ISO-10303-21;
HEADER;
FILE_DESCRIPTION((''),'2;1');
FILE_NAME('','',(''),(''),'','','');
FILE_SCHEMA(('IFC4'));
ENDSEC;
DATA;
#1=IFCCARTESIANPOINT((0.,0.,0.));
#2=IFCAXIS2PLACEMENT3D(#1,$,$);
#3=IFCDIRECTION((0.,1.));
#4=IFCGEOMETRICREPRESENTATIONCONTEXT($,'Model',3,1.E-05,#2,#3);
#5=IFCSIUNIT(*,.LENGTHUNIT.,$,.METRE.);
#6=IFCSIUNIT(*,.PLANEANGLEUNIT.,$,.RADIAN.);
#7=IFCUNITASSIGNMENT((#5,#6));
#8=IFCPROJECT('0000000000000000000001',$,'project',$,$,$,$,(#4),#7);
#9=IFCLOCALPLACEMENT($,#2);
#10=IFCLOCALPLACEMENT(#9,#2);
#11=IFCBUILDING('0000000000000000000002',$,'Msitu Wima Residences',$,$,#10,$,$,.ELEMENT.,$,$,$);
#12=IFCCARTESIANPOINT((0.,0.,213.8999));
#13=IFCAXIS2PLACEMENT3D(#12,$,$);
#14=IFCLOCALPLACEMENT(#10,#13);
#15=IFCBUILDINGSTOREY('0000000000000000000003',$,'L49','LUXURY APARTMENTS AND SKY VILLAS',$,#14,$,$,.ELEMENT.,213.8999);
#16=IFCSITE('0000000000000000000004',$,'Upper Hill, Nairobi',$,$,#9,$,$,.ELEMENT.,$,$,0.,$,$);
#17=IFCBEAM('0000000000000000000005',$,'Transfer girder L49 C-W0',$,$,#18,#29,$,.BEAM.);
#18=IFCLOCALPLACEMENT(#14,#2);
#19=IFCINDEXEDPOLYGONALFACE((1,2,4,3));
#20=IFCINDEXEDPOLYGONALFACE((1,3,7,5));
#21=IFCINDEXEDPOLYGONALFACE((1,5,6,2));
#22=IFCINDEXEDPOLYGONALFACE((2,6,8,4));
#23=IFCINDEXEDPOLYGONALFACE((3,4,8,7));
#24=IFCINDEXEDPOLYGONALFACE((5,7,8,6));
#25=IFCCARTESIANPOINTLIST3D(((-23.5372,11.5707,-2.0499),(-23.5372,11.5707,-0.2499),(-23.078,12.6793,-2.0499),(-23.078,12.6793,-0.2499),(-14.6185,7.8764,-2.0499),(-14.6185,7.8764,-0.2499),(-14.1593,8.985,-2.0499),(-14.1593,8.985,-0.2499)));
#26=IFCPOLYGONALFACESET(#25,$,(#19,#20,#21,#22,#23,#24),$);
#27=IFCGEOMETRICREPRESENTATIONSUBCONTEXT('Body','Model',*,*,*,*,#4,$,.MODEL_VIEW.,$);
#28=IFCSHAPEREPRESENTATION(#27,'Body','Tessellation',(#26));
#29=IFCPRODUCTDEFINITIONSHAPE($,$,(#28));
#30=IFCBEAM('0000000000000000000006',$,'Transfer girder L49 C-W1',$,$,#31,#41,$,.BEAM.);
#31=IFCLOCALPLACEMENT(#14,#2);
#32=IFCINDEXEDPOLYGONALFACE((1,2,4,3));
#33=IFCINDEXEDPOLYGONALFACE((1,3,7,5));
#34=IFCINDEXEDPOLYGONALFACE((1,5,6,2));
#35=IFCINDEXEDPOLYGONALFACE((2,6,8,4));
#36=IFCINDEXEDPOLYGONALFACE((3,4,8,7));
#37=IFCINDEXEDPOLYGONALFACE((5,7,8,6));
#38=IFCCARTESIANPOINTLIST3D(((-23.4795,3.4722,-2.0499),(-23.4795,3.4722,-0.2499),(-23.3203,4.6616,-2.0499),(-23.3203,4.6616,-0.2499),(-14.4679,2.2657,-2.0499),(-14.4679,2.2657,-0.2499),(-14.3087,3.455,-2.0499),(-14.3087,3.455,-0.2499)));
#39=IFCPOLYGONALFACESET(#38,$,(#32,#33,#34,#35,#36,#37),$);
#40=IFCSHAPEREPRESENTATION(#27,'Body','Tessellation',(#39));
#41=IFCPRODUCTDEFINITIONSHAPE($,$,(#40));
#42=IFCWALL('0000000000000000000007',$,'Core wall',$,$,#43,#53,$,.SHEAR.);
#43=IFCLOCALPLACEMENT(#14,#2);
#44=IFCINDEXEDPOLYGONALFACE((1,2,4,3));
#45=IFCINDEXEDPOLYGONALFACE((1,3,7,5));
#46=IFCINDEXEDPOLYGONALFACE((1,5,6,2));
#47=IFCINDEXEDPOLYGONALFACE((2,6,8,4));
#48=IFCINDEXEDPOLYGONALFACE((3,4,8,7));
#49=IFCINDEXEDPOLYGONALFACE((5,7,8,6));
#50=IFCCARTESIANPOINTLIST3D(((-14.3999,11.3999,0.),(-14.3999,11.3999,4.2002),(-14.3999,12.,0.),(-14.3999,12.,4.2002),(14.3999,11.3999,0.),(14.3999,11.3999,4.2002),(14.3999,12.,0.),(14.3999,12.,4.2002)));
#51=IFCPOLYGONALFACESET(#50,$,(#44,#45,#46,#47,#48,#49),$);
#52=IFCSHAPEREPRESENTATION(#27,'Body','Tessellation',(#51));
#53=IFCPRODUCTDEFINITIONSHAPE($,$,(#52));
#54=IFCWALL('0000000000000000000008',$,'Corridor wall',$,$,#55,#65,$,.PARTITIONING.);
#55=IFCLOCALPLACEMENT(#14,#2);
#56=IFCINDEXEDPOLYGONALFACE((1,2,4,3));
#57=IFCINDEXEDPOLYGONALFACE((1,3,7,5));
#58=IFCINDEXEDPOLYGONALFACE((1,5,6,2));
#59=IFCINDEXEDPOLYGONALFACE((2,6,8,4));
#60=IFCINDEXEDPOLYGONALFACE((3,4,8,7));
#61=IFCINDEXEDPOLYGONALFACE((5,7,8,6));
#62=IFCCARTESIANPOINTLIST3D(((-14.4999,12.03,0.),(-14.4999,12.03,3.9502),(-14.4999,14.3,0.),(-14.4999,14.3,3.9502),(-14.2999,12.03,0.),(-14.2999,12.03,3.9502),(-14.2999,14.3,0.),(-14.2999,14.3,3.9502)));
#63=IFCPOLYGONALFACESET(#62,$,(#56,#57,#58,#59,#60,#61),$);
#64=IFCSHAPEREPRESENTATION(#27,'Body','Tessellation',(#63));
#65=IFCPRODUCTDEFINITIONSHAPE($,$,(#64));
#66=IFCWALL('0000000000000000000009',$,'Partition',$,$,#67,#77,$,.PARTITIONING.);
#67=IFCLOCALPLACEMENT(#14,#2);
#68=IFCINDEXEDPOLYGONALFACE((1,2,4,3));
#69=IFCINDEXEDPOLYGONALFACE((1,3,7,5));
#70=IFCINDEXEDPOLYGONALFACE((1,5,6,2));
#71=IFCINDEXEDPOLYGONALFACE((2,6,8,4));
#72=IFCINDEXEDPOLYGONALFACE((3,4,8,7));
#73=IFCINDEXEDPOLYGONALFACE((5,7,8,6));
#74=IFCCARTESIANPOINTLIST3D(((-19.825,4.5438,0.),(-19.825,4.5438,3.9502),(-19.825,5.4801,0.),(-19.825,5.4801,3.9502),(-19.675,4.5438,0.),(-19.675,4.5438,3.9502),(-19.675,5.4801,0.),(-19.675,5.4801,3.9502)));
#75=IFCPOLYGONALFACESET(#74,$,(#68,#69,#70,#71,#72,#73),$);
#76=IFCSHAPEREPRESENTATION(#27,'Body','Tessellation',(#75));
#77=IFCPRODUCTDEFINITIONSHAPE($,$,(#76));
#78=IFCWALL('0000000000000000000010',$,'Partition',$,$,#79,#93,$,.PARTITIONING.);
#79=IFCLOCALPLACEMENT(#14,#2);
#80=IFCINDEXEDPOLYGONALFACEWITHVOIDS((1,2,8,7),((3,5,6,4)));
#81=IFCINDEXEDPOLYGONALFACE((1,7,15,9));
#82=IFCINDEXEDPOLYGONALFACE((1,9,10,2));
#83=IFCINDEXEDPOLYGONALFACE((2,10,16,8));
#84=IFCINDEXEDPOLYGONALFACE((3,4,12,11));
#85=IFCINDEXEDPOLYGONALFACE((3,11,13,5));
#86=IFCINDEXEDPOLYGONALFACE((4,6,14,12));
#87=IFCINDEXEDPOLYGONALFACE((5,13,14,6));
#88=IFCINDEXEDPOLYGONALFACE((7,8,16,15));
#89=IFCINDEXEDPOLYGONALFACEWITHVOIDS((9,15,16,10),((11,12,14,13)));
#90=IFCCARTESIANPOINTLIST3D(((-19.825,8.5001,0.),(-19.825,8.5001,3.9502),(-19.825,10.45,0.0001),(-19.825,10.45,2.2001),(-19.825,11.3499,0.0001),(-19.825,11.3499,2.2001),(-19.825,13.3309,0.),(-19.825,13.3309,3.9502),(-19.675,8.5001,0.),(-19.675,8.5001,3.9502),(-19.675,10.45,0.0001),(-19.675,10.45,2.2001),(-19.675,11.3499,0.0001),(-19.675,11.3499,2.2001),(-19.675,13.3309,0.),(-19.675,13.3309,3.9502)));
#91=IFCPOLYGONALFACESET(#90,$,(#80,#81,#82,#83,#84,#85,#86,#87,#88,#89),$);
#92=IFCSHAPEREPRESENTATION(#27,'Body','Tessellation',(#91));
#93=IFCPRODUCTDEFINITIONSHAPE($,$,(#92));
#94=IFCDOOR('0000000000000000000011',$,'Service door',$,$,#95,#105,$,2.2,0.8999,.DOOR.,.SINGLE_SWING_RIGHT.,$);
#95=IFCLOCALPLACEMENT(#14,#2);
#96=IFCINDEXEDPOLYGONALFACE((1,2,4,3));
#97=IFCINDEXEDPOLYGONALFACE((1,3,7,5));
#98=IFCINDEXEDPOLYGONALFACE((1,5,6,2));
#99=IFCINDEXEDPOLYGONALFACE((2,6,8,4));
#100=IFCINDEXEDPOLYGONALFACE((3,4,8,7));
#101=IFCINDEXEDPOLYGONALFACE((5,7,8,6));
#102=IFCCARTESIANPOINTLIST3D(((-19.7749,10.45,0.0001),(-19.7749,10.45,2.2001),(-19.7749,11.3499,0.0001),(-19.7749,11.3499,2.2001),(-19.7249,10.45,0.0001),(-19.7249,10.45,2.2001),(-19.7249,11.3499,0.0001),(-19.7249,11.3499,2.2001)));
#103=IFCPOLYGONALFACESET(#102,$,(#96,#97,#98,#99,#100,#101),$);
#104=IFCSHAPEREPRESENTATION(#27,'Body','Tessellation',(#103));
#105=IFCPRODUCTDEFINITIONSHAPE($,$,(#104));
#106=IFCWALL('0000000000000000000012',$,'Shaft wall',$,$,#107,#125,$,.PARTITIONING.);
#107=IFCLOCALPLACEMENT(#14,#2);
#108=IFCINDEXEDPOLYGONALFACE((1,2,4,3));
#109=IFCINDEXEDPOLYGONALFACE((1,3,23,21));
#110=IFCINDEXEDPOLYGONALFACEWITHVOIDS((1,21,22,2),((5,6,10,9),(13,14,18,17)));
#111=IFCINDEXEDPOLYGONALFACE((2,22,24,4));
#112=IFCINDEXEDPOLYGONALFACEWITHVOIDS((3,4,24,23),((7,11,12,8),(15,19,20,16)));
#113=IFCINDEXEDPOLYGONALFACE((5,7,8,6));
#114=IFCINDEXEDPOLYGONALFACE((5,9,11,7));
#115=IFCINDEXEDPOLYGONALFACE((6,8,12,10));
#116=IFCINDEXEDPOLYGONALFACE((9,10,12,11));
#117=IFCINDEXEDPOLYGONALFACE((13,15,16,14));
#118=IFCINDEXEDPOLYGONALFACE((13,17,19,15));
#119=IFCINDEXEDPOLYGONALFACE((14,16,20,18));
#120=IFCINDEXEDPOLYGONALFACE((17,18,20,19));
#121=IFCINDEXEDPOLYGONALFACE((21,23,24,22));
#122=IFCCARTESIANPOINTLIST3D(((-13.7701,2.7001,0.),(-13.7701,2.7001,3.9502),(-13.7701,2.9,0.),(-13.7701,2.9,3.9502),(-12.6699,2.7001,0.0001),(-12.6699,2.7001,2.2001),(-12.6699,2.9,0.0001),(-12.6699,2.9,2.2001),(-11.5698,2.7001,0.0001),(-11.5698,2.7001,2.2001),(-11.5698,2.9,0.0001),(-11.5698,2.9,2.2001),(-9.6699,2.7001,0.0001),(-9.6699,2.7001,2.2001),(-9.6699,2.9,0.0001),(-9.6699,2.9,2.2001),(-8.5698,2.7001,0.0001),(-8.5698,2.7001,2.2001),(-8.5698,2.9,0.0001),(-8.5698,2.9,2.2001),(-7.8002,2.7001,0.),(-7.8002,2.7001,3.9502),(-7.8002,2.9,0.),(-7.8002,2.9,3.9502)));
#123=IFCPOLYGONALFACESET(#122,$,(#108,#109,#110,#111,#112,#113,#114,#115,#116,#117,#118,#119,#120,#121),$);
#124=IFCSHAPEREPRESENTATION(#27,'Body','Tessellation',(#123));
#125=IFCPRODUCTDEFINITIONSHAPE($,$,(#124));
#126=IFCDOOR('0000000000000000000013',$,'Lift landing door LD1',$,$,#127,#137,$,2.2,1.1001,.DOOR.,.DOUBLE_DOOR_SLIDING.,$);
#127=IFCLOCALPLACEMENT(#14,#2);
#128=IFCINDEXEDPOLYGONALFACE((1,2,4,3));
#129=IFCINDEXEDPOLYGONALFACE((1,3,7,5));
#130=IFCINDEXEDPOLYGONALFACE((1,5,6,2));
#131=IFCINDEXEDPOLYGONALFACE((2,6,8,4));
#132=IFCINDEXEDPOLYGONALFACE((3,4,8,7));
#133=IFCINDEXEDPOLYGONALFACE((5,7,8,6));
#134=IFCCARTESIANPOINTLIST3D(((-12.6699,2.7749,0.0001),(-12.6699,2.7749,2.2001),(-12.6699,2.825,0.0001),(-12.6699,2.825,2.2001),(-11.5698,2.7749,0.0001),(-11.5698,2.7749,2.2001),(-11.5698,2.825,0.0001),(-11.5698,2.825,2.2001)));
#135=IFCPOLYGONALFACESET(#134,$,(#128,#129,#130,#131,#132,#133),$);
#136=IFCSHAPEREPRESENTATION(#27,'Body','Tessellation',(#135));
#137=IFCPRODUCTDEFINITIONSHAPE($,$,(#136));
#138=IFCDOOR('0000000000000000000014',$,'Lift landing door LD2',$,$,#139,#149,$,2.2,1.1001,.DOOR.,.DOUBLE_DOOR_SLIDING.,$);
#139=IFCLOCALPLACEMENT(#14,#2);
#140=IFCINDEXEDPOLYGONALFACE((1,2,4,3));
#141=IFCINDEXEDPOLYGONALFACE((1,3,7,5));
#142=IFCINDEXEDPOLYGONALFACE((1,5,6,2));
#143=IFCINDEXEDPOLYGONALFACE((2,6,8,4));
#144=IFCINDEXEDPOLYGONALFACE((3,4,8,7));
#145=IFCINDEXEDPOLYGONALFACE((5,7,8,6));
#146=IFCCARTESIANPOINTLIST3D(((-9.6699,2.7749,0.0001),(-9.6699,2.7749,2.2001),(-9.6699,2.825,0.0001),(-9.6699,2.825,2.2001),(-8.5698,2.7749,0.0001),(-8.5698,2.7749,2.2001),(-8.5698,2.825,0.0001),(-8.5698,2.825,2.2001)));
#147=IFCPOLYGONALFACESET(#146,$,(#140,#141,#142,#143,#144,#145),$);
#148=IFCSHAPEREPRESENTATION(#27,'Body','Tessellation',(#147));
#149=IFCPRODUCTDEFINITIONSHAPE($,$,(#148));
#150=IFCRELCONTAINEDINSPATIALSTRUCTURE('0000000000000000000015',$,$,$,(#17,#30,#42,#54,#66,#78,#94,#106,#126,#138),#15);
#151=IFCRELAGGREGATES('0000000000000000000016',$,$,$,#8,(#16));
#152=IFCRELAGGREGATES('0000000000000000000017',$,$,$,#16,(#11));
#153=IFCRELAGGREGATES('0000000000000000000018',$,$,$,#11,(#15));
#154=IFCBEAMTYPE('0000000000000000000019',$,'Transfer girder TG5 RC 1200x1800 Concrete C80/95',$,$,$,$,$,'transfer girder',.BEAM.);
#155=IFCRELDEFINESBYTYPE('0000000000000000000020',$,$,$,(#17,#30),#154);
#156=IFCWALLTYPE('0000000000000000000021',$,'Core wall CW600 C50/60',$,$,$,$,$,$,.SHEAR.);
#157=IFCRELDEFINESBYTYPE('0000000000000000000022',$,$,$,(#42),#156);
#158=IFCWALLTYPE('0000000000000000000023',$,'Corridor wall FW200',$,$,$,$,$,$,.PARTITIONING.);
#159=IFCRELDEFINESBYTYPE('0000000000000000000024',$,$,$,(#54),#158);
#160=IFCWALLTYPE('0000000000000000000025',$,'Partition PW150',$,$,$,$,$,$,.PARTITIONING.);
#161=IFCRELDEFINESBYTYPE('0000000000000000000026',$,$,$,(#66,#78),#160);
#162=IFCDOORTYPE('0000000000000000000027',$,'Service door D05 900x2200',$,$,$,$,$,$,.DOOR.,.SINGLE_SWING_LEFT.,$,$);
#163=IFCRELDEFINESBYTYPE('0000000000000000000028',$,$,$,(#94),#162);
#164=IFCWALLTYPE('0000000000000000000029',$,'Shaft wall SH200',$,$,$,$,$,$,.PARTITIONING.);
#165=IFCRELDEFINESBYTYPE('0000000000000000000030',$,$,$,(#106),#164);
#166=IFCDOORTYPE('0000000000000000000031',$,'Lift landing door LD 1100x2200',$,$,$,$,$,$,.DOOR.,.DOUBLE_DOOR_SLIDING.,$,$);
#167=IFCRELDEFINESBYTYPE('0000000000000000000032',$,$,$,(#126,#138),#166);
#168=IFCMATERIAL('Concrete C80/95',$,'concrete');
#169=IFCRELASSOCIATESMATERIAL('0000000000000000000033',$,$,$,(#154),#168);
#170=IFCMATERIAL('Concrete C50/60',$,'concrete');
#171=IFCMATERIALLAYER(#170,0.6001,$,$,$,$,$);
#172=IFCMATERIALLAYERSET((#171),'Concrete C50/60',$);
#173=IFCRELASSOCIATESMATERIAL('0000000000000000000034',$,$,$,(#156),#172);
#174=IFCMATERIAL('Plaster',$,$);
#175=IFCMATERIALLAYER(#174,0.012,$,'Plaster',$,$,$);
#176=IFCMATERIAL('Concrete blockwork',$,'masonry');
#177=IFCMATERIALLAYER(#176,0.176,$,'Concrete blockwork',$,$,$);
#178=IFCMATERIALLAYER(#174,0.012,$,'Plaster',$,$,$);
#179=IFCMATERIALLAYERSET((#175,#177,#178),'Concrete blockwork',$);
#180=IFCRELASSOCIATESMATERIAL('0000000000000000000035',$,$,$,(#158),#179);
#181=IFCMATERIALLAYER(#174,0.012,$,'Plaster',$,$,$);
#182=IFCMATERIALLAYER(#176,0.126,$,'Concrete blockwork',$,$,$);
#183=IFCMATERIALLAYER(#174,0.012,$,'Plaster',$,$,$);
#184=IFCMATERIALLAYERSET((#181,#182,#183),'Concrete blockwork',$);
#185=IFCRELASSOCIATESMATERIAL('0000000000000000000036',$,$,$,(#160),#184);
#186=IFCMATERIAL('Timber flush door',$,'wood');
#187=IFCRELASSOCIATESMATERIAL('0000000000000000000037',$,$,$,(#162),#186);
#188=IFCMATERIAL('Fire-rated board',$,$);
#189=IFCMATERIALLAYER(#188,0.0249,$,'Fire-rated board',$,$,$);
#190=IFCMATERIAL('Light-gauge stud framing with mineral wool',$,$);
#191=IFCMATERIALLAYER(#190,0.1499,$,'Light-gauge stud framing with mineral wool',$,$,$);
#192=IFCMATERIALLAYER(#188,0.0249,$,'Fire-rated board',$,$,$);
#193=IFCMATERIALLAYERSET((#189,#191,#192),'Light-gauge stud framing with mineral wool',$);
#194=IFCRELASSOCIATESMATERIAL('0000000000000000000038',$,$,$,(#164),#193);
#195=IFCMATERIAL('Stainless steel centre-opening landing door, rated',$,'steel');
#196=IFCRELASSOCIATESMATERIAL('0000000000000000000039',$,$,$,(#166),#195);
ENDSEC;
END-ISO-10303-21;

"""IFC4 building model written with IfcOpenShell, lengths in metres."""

from ifc_helpers import new_model, si_unit, direction, frame, frame_2d, origin, origin_2d, place, context, subcontext, project, spatial, rectangle, extrude, material, layer, layer_set, material_profile, profile_set, type_object, element, fill, save


model = new_model("IFC4")

# Units and contexts
model_context = context("Model", 3, precision=1e-05, world=origin(), true_north=direction((0.0, 1.0)))
body_context = subcontext(model_context, "Body", "Model", "MODEL_VIEW")
ifc_project = project(units=[si_unit("LENGTHUNIT", "METRE"), si_unit("PLANEANGLEUNIT", "RADIAN")], contexts=[model_context])

# Site, building, storey
site_placement = place(None, origin())
site = spatial("IfcSite", under=ifc_project, at=site_placement, Name="Upper Hill, Nairobi", CompositionType="ELEMENT", RefElevation=0.0)
building_placement = place(site_placement, origin())
building = spatial("IfcBuilding", under=site, at=building_placement, Name="Msitu Wima Residences", CompositionType="ELEMENT")
storey_placement = place(building_placement, frame((0.0, 0.0, 213.8999)))
storey = spatial("IfcBuildingStorey", under=building, at=storey_placement, Name="L49", Description="LUXURY APARTMENTS AND SKY VILLAS", CompositionType="ELEMENT", Elevation=213.8999)

# Beams
ifc_material_1 = material(Name="Concrete C80/95", Category="concrete")
ifc_material_profile = material_profile(ifc_material_1, rectangle(XDim=1.2, YDim=1.8, at=origin_2d()), Name="RC 1200x1800")
ifc_profile_set = profile_set([ifc_material_profile], Name="Concrete C80/95")
beam_type = type_object("IfcBeamType", Name="Transfer girder TG5 RC 1200x1800 Concrete C80/95", ElementType="transfer girder", PredefinedType="BEAM", material=ifc_profile_set)
beam_1_placement = place(storey_placement, frame((-23.3076, 12.125, -1.1499), z_axis=(0.923876, -0.382691, 0.0), x_axis=(0.382691, 0.923876, 0.0)))
element("IfcBeam", 1, at=beam_1_placement, inside=storey, type_object=beam_type, Name="Transfer girder L49 C-W0", PredefinedType="BEAM", context=body_context, shape_type="SweptSolid", body=[
    extrude(rectangle(XDim=1.2, YDim=1.8, at=origin_2d()), origin(), (0.0, 0.0, 1.0), 9.6536),
])
beam_2_placement = place(storey_placement, frame((-23.3999, 4.0669, -1.1499), z_axis=(0.991156, -0.132702, 0.0), x_axis=(0.132702, 0.991156, 0.0)))
element("IfcBeam", 2, at=beam_2_placement, inside=storey, type_object=beam_type, Name="Transfer girder L49 C-W1", PredefinedType="BEAM", context=body_context, shape_type="SweptSolid", body=[
    extrude(rectangle(XDim=1.2, YDim=1.8, at=origin_2d()), origin(), (0.0, 0.0, 1.0), 9.092),
])

# Walls
ifc_material_2 = material(Name="Concrete C50/60", Category="concrete")
ifc_layer_1 = layer(ifc_material_2, 0.6001)
ifc_layer_set_1 = layer_set([ifc_layer_1], Name="Concrete C50/60")
wall_type_1 = type_object("IfcWallType", Name="Core wall CW600 C50/60", PredefinedType="SHEAR", material=ifc_layer_set_1)
wall_1_placement = place(storey_placement, frame((-14.3999, 11.7, 0.0), z_axis=(0.0, 0.0, 1.0), x_axis=(1.0, 0.0, 0.0)))
element("IfcWall", 3, at=wall_1_placement, inside=storey, type_object=wall_type_1, Name="Core wall", PredefinedType="SHEAR", context=body_context, shape_type="SweptSolid", body=[
    extrude(rectangle(XDim=28.7998, YDim=0.6001, at=frame_2d((14.3999, 0.0))), origin(), (0.0, 0.0, 1.0), 4.2002),
])
ifc_material_3 = material(Name="Plaster")
ifc_layer_2 = layer(ifc_material_3, 0.012, Name="Plaster")
ifc_material_4 = material(Name="Concrete blockwork", Category="masonry")
ifc_layer_3 = layer(ifc_material_4, 0.176, Name="Concrete blockwork")
ifc_layer_4 = layer(ifc_material_3, 0.012, Name="Plaster")
ifc_layer_set_2 = layer_set([ifc_layer_2, ifc_layer_3, ifc_layer_4], Name="Concrete blockwork")
wall_type_2 = type_object("IfcWallType", Name="Corridor wall FW200", PredefinedType="PARTITIONING", material=ifc_layer_set_2)
wall_2_placement = place(storey_placement, frame((-14.3999, 12.03, 0.0), z_axis=(0.0, 0.0, 1.0), x_axis=(0.0, 1.0, 0.0)))
element("IfcWall", 4, at=wall_2_placement, inside=storey, type_object=wall_type_2, Name="Corridor wall", PredefinedType="PARTITIONING", context=body_context, shape_type="SweptSolid", body=[
    extrude(rectangle(XDim=2.27, YDim=0.2, at=frame_2d((1.135, 0.0))), origin(), (0.0, 0.0, 1.0), 3.9502),
])
ifc_layer_5 = layer(ifc_material_3, 0.012, Name="Plaster")
ifc_layer_6 = layer(ifc_material_4, 0.126, Name="Concrete blockwork")
ifc_layer_7 = layer(ifc_material_3, 0.012, Name="Plaster")
ifc_layer_set_3 = layer_set([ifc_layer_5, ifc_layer_6, ifc_layer_7], Name="Concrete blockwork")
wall_type_3 = type_object("IfcWallType", Name="Partition PW150", PredefinedType="PARTITIONING", material=ifc_layer_set_3)
wall_3_placement = place(storey_placement, frame((-19.75, 4.5437, 0.0), z_axis=(0.0, 0.0, 1.0), x_axis=(0.0, 1.0, 0.0)))
element("IfcWall", 5, at=wall_3_placement, inside=storey, type_object=wall_type_3, Name="Partition", PredefinedType="PARTITIONING", context=body_context, shape_type="SweptSolid", body=[
    extrude(rectangle(XDim=0.9363, YDim=0.1499, at=frame_2d((0.4683, 0.0))), origin(), (0.0, 0.0, 1.0), 3.9502),
])

# Wall, opening, door
wall_4_placement = place(storey_placement, frame((-19.75, 8.5, 0.0), z_axis=(0.0, 0.0, 1.0), x_axis=(0.0, 1.0, 0.0)))
wall_4 = element("IfcWall", 6, at=wall_4_placement, inside=storey, type_object=wall_type_3, Name="Partition", PredefinedType="PARTITIONING", context=body_context, shape_type="SweptSolid", body=[
    extrude(rectangle(XDim=4.8308, YDim=0.1499, at=frame_2d((2.4155, 0.0))), origin(), (0.0, 0.0, 1.0), 3.9502),
])
opening_1_placement = place(wall_4_placement, frame((1.95, 0.0, 0.0)))
opening_1 = element("IfcOpeningElement", 7, at=opening_1_placement, cuts=wall_4, PredefinedType="OPENING", context=body_context, shape_type="SweptSolid", body=[
    extrude(rectangle(XDim=0.8999, YDim=2.2, at=frame_2d((0.45, 1.1001))), frame((0.0, 0.085, 0.0), z_axis=(0.0, -1.0, 0.0), x_axis=(1.0, 0.0, 0.0)), (0.0, 0.0, 1.0), 0.1699),
])
ifc_material_5 = material(Name="Timber flush door", Category="wood")
door_type_1 = type_object("IfcDoorType", Name="Service door D05 900x2200", OperationType="SINGLE_SWING_LEFT", PredefinedType="DOOR", material=ifc_material_5)
door_1_placement = place(opening_1_placement, origin())
door_1 = element("IfcDoor", 8, at=door_1_placement, inside=storey, type_object=door_type_1, Name="Service door", OperationType="SINGLE_SWING_RIGHT", OverallHeight=2.2, OverallWidth=0.8999, PredefinedType="DOOR", context=body_context, shape_type="SweptSolid", body=[
    extrude(rectangle(XDim=0.8999, YDim=2.2, at=frame_2d((0.45, 1.1001))), frame((0.0, 0.0249, 0.0), z_axis=(0.0, -1.0, 0.0), x_axis=(1.0, 0.0, 0.0)), (0.0, 0.0, 1.0), 0.05),
])
fill(opening_1, door_1)

# Wall, openings, doors
ifc_material_6 = material(Name="Fire-rated board")
ifc_layer_8 = layer(ifc_material_6, 0.0249, Name="Fire-rated board")
ifc_material_7 = material(Name="Light-gauge stud framing with mineral wool")
ifc_layer_9 = layer(ifc_material_7, 0.1499, Name="Light-gauge stud framing with mineral wool")
ifc_layer_10 = layer(ifc_material_6, 0.0249, Name="Fire-rated board")
ifc_layer_set_4 = layer_set([ifc_layer_8, ifc_layer_9, ifc_layer_10], Name="Light-gauge stud framing with mineral wool")
wall_type_4 = type_object("IfcWallType", Name="Shaft wall SH200", PredefinedType="PARTITIONING", material=ifc_layer_set_4)
wall_5_placement = place(storey_placement, frame((-13.77, 2.8, 0.0), z_axis=(0.0, 0.0, 1.0), x_axis=(1.0, 0.0, 0.0)))
wall_5 = element("IfcWall", 9, at=wall_5_placement, inside=storey, type_object=wall_type_4, Name="Shaft wall", PredefinedType="PARTITIONING", context=body_context, shape_type="SweptSolid", body=[
    extrude(rectangle(XDim=5.97, YDim=0.2, at=frame_2d((2.9849, 0.0))), origin(), (0.0, 0.0, 1.0), 3.9502),
])
opening_2_placement = place(wall_5_placement, frame((1.1001, 0.0, 0.0)))
opening_2 = element("IfcOpeningElement", 10, at=opening_2_placement, cuts=wall_5, PredefinedType="OPENING", context=body_context, shape_type="SweptSolid", body=[
    extrude(rectangle(XDim=1.1001, YDim=2.2, at=frame_2d((0.55, 1.1001))), frame((0.0, 0.1099, 0.0), z_axis=(0.0, -1.0, 0.0), x_axis=(1.0, 0.0, 0.0)), (0.0, 0.0, 1.0), 0.22),
])
opening_3_placement = place(wall_5_placement, frame((4.1001, 0.0, 0.0)))
opening_3 = element("IfcOpeningElement", 11, at=opening_3_placement, cuts=wall_5, PredefinedType="OPENING", context=body_context, shape_type="SweptSolid", body=[
    extrude(rectangle(XDim=1.1001, YDim=2.2, at=frame_2d((0.55, 1.1001))), frame((0.0, 0.1099, 0.0), z_axis=(0.0, -1.0, 0.0), x_axis=(1.0, 0.0, 0.0)), (0.0, 0.0, 1.0), 0.22),
])
ifc_material_8 = material(Name="Stainless steel centre-opening landing door, rated", Category="steel")
door_type_2 = type_object("IfcDoorType", Name="Lift landing door LD 1100x2200", OperationType="DOUBLE_DOOR_SLIDING", PredefinedType="DOOR", material=ifc_material_8)
door_2_placement = place(opening_2_placement, origin())
door_2 = element("IfcDoor", 12, at=door_2_placement, inside=storey, type_object=door_type_2, Name="Lift landing door LD1", OperationType="DOUBLE_DOOR_SLIDING", OverallHeight=2.2, OverallWidth=1.1001, PredefinedType="DOOR", context=body_context, shape_type="SweptSolid", body=[
    extrude(rectangle(XDim=1.1001, YDim=2.2, at=frame_2d((0.55, 1.1001))), frame((0.0, 0.0249, 0.0), z_axis=(0.0, -1.0, 0.0), x_axis=(1.0, 0.0, 0.0)), (0.0, 0.0, 1.0), 0.05),
])
fill(opening_2, door_2)
door_3_placement = place(opening_3_placement, origin())
door_3 = element("IfcDoor", 13, at=door_3_placement, inside=storey, type_object=door_type_2, Name="Lift landing door LD2", OperationType="DOUBLE_DOOR_SLIDING", OverallHeight=2.2, OverallWidth=1.1001, PredefinedType="DOOR", context=body_context, shape_type="SweptSolid", body=[
    extrude(rectangle(XDim=1.1001, YDim=2.2, at=frame_2d((0.55, 1.1001))), frame((0.0, 0.0249, 0.0), z_axis=(0.0, -1.0, 0.0), x_axis=(1.0, 0.0, 0.0)), (0.0, 0.0, 1.0), 0.05),
])
fill(opening_3, door_3)

save(model, "model.ifc")
